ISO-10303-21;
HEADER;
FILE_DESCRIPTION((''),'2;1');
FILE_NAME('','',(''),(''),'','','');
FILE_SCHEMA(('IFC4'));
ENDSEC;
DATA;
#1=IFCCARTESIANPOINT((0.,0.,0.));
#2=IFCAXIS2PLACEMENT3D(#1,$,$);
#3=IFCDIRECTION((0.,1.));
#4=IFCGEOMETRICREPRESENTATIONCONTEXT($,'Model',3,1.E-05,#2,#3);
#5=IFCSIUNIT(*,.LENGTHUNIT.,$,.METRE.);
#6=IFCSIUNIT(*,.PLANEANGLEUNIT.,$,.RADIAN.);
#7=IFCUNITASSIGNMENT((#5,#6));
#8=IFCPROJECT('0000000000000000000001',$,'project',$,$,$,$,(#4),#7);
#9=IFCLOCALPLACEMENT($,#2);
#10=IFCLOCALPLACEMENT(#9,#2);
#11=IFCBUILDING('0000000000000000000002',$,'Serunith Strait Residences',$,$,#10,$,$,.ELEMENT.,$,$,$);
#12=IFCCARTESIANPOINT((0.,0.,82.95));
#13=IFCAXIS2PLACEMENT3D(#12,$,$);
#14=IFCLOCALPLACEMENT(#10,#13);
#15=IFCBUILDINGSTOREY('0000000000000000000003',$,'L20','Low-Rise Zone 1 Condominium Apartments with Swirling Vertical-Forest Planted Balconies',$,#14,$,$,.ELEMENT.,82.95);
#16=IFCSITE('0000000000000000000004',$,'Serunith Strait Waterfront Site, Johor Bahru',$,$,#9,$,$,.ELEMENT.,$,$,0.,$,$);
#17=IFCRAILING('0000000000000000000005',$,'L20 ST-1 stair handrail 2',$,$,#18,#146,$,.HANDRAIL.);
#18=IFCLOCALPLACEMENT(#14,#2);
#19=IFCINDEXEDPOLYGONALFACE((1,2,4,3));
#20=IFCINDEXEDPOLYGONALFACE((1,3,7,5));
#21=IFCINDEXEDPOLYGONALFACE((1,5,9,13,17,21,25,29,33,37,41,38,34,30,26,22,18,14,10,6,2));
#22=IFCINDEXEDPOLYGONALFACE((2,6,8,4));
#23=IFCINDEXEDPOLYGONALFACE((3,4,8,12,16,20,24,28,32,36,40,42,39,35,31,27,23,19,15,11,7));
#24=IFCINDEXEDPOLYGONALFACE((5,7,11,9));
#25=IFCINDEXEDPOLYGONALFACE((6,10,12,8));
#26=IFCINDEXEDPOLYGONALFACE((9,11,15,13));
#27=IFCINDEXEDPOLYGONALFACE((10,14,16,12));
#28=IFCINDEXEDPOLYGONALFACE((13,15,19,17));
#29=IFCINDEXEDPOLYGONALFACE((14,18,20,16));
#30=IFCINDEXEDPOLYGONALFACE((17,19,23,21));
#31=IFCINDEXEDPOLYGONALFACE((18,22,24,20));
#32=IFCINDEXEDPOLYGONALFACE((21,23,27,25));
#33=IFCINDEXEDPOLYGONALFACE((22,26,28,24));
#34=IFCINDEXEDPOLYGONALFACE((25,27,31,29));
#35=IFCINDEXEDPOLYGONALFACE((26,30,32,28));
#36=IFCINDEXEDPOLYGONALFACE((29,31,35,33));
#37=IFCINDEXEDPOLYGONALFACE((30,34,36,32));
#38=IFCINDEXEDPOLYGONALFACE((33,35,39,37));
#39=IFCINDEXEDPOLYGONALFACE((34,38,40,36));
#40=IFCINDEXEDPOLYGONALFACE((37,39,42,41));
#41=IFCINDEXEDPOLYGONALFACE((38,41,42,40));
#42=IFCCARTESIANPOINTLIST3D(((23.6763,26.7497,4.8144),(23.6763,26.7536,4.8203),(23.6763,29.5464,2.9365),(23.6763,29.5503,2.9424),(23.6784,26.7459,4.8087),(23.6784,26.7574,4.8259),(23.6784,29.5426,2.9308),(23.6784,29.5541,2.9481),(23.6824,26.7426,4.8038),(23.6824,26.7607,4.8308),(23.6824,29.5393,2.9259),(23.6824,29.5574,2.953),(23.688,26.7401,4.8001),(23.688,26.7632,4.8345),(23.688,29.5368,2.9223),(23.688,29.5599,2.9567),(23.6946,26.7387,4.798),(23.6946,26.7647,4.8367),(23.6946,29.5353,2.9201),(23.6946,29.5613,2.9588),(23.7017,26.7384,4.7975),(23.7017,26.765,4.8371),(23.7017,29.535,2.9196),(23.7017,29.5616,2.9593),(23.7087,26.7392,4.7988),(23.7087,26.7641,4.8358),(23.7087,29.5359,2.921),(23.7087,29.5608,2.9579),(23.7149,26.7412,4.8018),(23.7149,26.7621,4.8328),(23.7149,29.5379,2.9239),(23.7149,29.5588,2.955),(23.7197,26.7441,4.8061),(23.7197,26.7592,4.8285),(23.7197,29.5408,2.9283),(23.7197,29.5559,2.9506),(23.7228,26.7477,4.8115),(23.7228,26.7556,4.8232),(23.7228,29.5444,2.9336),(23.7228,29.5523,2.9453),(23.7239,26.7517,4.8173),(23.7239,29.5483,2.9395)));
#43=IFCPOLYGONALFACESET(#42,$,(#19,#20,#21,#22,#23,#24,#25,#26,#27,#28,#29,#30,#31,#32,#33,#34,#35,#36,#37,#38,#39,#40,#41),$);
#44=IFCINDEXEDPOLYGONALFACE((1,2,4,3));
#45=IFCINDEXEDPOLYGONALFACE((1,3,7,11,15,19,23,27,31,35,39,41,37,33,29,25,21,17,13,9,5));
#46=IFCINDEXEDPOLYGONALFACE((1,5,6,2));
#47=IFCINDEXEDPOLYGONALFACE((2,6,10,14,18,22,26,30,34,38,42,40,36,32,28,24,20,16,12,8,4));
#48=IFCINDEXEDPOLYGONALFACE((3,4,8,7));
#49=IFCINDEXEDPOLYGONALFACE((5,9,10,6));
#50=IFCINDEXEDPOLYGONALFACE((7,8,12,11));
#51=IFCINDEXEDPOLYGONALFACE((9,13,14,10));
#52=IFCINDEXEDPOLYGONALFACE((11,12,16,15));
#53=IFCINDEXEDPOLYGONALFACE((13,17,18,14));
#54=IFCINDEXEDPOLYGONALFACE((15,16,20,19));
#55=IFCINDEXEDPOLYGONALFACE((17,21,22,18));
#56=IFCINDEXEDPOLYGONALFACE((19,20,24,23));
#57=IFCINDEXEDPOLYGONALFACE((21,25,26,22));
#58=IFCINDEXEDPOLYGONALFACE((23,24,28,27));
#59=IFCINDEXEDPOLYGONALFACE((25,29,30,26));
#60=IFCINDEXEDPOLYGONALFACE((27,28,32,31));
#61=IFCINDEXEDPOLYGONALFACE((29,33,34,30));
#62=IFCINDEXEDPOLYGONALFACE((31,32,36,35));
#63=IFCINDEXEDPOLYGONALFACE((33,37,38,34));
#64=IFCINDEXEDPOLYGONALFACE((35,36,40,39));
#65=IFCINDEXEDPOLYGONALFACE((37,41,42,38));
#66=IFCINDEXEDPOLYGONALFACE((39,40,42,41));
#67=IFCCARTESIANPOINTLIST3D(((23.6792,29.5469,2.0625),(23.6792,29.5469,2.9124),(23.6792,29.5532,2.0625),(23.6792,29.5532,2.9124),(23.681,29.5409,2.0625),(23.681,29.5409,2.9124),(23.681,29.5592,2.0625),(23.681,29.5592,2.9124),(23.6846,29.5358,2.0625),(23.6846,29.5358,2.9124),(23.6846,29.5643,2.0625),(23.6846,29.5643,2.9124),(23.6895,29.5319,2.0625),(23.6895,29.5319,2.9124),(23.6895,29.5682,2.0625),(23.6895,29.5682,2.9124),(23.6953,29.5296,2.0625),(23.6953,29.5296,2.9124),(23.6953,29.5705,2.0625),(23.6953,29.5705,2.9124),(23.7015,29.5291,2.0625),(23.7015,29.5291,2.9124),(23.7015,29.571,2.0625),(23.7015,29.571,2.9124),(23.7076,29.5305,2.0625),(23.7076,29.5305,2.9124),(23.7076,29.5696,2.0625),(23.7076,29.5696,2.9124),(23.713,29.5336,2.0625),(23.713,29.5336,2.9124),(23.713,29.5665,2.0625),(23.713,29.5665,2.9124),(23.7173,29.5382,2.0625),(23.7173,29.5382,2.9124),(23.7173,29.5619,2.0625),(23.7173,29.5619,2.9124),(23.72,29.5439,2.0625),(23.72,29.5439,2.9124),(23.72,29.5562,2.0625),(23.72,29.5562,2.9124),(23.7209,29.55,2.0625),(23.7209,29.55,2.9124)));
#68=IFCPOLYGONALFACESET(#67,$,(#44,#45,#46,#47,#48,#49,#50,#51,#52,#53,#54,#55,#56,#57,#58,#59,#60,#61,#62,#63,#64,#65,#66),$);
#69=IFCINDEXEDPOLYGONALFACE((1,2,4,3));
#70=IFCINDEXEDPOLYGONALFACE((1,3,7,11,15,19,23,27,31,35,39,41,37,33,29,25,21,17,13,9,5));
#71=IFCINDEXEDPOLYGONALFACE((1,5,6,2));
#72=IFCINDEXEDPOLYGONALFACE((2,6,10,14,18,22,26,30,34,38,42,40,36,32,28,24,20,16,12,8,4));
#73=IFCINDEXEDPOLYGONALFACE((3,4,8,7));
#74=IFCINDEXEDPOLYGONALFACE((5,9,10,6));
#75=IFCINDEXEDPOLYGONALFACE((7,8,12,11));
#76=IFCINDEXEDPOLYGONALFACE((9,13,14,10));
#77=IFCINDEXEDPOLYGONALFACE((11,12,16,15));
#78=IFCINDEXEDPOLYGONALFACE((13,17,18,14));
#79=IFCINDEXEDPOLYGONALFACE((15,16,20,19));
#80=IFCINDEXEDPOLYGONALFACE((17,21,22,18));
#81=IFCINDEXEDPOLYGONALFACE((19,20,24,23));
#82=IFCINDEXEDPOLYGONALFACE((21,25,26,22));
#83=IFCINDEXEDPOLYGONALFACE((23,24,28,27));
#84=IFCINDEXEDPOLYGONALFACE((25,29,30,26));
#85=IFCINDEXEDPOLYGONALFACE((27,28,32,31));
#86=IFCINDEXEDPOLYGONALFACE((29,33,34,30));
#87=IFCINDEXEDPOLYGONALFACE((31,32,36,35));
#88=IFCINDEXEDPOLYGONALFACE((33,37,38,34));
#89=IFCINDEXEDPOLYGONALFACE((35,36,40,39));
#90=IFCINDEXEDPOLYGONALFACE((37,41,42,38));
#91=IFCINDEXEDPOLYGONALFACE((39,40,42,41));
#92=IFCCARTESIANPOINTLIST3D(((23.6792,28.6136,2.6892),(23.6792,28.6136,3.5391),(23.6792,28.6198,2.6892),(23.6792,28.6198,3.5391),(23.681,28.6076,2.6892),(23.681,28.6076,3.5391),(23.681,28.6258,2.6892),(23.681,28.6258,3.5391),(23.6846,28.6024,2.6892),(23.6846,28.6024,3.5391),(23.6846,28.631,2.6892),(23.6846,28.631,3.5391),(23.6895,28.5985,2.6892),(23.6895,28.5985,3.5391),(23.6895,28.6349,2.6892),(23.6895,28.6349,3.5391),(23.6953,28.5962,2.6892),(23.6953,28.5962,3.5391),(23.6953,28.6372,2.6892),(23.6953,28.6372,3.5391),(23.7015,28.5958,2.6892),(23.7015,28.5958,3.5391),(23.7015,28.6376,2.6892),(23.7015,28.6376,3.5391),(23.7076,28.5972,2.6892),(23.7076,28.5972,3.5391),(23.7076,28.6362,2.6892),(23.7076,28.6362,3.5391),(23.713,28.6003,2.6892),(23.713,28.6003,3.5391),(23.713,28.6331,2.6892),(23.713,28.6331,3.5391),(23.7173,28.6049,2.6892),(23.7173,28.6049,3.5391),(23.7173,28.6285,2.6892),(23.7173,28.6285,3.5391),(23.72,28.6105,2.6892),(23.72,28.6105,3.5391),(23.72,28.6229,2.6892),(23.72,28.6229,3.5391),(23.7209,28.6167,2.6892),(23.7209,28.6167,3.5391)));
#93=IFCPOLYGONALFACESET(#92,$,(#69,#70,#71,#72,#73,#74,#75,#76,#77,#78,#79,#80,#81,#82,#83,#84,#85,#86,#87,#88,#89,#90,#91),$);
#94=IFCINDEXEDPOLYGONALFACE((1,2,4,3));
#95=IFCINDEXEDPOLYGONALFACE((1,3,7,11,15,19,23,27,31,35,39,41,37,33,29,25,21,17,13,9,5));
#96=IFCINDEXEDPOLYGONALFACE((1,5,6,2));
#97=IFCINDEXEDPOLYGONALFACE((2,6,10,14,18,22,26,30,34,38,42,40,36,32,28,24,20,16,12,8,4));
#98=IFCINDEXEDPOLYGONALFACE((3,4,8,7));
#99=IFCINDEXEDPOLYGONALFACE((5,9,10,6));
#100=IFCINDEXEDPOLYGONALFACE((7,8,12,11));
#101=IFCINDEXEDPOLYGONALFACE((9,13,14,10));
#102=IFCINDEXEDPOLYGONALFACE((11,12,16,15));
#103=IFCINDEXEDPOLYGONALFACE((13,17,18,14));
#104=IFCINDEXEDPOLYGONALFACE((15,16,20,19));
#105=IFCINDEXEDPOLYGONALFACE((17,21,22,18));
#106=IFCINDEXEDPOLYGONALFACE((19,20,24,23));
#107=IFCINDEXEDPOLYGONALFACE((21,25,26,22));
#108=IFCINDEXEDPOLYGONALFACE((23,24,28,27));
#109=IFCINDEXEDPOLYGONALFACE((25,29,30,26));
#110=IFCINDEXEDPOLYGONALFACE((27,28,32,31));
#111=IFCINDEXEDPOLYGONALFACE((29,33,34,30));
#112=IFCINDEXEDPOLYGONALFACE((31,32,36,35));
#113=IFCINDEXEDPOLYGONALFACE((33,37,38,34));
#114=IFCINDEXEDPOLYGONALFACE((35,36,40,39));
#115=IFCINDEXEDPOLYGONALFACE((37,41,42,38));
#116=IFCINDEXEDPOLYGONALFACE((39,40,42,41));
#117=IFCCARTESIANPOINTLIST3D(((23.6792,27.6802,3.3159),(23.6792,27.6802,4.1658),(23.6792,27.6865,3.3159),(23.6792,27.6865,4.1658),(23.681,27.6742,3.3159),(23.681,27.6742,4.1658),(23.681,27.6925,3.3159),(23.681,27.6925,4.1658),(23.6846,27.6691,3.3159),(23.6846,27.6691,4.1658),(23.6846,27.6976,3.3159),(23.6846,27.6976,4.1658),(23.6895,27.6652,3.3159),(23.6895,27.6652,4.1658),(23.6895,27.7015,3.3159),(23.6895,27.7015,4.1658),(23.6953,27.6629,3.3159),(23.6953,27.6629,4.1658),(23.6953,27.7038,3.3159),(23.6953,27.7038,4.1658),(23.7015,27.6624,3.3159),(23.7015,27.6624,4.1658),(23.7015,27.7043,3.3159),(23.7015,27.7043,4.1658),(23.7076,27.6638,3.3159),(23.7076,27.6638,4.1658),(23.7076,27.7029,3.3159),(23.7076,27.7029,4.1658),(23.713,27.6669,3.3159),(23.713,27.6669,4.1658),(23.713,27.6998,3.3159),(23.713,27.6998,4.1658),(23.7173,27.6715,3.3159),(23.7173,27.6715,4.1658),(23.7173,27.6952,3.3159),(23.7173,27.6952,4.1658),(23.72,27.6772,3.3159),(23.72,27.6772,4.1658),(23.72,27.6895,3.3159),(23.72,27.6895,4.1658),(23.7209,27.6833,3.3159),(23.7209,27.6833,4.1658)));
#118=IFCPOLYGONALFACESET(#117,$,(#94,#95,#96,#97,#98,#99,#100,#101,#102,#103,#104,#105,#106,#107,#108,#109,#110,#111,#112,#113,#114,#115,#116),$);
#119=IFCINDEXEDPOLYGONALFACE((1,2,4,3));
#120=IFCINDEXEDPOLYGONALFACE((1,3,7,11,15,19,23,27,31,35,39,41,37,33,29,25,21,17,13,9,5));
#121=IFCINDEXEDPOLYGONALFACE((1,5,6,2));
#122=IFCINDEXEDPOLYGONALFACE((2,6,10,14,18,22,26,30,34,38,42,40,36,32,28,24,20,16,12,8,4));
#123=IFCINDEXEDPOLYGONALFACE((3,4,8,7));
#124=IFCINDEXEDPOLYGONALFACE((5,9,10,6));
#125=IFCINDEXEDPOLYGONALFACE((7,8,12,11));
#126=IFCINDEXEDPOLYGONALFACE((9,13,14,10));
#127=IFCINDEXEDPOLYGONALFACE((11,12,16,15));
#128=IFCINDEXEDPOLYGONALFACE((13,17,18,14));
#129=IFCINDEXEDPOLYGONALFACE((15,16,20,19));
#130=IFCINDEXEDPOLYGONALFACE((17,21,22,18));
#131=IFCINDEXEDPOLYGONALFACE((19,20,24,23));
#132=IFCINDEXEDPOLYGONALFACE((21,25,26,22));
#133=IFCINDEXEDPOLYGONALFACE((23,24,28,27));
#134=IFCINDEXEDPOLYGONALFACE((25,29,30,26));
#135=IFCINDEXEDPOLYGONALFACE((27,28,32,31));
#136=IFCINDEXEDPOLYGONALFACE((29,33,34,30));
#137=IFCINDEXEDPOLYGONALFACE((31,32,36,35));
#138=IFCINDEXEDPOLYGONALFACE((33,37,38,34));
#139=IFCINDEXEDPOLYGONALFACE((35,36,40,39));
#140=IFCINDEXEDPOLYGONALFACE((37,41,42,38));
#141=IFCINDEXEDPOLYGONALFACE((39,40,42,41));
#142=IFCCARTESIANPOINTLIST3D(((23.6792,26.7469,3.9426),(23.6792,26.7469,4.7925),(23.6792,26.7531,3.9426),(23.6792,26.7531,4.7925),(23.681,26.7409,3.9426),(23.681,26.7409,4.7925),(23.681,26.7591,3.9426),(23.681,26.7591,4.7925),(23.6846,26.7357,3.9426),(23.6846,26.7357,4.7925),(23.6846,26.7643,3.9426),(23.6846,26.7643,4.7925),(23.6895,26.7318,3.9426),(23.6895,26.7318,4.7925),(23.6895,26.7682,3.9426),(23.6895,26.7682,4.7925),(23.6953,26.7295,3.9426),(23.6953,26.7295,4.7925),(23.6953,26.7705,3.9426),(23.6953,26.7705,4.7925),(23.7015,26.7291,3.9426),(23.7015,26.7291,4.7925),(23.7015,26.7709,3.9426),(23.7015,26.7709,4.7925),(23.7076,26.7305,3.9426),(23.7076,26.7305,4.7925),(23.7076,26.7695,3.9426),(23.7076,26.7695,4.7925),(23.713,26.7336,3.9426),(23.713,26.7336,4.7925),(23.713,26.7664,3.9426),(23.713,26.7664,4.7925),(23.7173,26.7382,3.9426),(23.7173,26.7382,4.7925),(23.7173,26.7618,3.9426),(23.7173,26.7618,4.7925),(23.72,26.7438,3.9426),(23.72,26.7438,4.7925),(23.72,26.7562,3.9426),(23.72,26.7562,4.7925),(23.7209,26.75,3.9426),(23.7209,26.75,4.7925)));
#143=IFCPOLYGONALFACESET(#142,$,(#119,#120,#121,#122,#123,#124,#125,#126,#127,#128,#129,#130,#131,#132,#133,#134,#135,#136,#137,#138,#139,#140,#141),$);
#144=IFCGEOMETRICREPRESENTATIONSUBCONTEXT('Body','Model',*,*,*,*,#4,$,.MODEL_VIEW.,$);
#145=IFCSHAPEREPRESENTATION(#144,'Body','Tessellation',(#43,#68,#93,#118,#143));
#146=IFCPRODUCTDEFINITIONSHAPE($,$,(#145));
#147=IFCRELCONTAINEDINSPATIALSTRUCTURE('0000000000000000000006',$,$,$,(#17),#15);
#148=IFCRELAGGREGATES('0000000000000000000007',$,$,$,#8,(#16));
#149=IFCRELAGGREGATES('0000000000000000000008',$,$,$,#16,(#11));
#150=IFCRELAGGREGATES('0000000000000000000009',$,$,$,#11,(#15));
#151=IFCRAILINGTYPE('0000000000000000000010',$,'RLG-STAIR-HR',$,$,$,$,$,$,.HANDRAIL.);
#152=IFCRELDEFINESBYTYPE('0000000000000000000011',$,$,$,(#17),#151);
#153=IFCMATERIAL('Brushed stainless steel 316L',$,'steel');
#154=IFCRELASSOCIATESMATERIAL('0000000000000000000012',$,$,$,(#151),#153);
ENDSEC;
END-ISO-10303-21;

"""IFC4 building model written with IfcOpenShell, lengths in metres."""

from ifc_helpers import new_model, si_unit, direction, frame, origin, origin_2d, place, context, subcontext, project, spatial, circle, extrude, material, type_object, element, save


model = new_model("IFC4")

# Units and contexts
model_context = context("Model", 3, precision=1e-05, world=origin(), true_north=direction((0.0, 1.0)))
body_context = subcontext(model_context, "Body", "Model", "MODEL_VIEW")
ifc_project = project(units=[si_unit("LENGTHUNIT", "METRE"), si_unit("PLANEANGLEUNIT", "RADIAN")], contexts=[model_context])

# Site, building, storey
site_placement = place(None, origin())
site = spatial("IfcSite", under=ifc_project, at=site_placement, Name="Serunith Strait Waterfront Site, Johor Bahru", CompositionType="ELEMENT", RefElevation=0.0)
building_placement = place(site_placement, origin())
building = spatial("IfcBuilding", under=site, at=building_placement, Name="Serunith Strait Residences", CompositionType="ELEMENT")
storey_placement = place(building_placement, frame((0.0, 0.0, 82.95)))
storey = spatial("IfcBuildingStorey", under=building, at=storey_placement, Name="L20", Description="Low-Rise Zone 1 Condominium Apartments with Swirling Vertical-Forest Planted Balconies", CompositionType="ELEMENT", Elevation=82.95)

# Railing
ifc_material_1 = material(Name="Brushed stainless steel 316L", Category="steel")
railing_type_1 = type_object("IfcRailingType", Name="RLG-STAIR-HR", PredefinedType="HANDRAIL", material=ifc_material_1)
railing_1_placement = place(storey_placement, frame((23.7, 29.55, 2.0625)))
element("IfcRailing", 1, at=railing_1_placement, inside=storey, type_object=railing_type_1, Name="L20 ST-1 stair handrail 2", PredefinedType="HANDRAIL", context=body_context, shape_type="SweptSolid", body=[
    extrude(circle(Radius=0.0239, at=origin_2d()), frame((0.0, -0.0017, 0.877), z_axis=(0.0, -0.830208, 0.557453), x_axis=(1.0, 0.0, 0.0)), (0.0, 0.0, 1.0), 3.3687),
    extrude(circle(Radius=0.021, at=origin_2d()), origin(), (0.0, 0.0, 1.0), 0.8499),
    extrude(circle(Radius=0.021, at=origin_2d()), frame((0.0, -0.9333, 0.6267)), (0.0, 0.0, 1.0), 0.8499),
    extrude(circle(Radius=0.021, at=origin_2d()), frame((0.0, -1.8667, 1.2534)), (0.0, 0.0, 1.0), 0.8499),
    extrude(circle(Radius=0.021, at=origin_2d()), frame((0.0, -2.8, 1.8801)), (0.0, 0.0, 1.0), 0.8499),
])

save(model, "model.ifc")
